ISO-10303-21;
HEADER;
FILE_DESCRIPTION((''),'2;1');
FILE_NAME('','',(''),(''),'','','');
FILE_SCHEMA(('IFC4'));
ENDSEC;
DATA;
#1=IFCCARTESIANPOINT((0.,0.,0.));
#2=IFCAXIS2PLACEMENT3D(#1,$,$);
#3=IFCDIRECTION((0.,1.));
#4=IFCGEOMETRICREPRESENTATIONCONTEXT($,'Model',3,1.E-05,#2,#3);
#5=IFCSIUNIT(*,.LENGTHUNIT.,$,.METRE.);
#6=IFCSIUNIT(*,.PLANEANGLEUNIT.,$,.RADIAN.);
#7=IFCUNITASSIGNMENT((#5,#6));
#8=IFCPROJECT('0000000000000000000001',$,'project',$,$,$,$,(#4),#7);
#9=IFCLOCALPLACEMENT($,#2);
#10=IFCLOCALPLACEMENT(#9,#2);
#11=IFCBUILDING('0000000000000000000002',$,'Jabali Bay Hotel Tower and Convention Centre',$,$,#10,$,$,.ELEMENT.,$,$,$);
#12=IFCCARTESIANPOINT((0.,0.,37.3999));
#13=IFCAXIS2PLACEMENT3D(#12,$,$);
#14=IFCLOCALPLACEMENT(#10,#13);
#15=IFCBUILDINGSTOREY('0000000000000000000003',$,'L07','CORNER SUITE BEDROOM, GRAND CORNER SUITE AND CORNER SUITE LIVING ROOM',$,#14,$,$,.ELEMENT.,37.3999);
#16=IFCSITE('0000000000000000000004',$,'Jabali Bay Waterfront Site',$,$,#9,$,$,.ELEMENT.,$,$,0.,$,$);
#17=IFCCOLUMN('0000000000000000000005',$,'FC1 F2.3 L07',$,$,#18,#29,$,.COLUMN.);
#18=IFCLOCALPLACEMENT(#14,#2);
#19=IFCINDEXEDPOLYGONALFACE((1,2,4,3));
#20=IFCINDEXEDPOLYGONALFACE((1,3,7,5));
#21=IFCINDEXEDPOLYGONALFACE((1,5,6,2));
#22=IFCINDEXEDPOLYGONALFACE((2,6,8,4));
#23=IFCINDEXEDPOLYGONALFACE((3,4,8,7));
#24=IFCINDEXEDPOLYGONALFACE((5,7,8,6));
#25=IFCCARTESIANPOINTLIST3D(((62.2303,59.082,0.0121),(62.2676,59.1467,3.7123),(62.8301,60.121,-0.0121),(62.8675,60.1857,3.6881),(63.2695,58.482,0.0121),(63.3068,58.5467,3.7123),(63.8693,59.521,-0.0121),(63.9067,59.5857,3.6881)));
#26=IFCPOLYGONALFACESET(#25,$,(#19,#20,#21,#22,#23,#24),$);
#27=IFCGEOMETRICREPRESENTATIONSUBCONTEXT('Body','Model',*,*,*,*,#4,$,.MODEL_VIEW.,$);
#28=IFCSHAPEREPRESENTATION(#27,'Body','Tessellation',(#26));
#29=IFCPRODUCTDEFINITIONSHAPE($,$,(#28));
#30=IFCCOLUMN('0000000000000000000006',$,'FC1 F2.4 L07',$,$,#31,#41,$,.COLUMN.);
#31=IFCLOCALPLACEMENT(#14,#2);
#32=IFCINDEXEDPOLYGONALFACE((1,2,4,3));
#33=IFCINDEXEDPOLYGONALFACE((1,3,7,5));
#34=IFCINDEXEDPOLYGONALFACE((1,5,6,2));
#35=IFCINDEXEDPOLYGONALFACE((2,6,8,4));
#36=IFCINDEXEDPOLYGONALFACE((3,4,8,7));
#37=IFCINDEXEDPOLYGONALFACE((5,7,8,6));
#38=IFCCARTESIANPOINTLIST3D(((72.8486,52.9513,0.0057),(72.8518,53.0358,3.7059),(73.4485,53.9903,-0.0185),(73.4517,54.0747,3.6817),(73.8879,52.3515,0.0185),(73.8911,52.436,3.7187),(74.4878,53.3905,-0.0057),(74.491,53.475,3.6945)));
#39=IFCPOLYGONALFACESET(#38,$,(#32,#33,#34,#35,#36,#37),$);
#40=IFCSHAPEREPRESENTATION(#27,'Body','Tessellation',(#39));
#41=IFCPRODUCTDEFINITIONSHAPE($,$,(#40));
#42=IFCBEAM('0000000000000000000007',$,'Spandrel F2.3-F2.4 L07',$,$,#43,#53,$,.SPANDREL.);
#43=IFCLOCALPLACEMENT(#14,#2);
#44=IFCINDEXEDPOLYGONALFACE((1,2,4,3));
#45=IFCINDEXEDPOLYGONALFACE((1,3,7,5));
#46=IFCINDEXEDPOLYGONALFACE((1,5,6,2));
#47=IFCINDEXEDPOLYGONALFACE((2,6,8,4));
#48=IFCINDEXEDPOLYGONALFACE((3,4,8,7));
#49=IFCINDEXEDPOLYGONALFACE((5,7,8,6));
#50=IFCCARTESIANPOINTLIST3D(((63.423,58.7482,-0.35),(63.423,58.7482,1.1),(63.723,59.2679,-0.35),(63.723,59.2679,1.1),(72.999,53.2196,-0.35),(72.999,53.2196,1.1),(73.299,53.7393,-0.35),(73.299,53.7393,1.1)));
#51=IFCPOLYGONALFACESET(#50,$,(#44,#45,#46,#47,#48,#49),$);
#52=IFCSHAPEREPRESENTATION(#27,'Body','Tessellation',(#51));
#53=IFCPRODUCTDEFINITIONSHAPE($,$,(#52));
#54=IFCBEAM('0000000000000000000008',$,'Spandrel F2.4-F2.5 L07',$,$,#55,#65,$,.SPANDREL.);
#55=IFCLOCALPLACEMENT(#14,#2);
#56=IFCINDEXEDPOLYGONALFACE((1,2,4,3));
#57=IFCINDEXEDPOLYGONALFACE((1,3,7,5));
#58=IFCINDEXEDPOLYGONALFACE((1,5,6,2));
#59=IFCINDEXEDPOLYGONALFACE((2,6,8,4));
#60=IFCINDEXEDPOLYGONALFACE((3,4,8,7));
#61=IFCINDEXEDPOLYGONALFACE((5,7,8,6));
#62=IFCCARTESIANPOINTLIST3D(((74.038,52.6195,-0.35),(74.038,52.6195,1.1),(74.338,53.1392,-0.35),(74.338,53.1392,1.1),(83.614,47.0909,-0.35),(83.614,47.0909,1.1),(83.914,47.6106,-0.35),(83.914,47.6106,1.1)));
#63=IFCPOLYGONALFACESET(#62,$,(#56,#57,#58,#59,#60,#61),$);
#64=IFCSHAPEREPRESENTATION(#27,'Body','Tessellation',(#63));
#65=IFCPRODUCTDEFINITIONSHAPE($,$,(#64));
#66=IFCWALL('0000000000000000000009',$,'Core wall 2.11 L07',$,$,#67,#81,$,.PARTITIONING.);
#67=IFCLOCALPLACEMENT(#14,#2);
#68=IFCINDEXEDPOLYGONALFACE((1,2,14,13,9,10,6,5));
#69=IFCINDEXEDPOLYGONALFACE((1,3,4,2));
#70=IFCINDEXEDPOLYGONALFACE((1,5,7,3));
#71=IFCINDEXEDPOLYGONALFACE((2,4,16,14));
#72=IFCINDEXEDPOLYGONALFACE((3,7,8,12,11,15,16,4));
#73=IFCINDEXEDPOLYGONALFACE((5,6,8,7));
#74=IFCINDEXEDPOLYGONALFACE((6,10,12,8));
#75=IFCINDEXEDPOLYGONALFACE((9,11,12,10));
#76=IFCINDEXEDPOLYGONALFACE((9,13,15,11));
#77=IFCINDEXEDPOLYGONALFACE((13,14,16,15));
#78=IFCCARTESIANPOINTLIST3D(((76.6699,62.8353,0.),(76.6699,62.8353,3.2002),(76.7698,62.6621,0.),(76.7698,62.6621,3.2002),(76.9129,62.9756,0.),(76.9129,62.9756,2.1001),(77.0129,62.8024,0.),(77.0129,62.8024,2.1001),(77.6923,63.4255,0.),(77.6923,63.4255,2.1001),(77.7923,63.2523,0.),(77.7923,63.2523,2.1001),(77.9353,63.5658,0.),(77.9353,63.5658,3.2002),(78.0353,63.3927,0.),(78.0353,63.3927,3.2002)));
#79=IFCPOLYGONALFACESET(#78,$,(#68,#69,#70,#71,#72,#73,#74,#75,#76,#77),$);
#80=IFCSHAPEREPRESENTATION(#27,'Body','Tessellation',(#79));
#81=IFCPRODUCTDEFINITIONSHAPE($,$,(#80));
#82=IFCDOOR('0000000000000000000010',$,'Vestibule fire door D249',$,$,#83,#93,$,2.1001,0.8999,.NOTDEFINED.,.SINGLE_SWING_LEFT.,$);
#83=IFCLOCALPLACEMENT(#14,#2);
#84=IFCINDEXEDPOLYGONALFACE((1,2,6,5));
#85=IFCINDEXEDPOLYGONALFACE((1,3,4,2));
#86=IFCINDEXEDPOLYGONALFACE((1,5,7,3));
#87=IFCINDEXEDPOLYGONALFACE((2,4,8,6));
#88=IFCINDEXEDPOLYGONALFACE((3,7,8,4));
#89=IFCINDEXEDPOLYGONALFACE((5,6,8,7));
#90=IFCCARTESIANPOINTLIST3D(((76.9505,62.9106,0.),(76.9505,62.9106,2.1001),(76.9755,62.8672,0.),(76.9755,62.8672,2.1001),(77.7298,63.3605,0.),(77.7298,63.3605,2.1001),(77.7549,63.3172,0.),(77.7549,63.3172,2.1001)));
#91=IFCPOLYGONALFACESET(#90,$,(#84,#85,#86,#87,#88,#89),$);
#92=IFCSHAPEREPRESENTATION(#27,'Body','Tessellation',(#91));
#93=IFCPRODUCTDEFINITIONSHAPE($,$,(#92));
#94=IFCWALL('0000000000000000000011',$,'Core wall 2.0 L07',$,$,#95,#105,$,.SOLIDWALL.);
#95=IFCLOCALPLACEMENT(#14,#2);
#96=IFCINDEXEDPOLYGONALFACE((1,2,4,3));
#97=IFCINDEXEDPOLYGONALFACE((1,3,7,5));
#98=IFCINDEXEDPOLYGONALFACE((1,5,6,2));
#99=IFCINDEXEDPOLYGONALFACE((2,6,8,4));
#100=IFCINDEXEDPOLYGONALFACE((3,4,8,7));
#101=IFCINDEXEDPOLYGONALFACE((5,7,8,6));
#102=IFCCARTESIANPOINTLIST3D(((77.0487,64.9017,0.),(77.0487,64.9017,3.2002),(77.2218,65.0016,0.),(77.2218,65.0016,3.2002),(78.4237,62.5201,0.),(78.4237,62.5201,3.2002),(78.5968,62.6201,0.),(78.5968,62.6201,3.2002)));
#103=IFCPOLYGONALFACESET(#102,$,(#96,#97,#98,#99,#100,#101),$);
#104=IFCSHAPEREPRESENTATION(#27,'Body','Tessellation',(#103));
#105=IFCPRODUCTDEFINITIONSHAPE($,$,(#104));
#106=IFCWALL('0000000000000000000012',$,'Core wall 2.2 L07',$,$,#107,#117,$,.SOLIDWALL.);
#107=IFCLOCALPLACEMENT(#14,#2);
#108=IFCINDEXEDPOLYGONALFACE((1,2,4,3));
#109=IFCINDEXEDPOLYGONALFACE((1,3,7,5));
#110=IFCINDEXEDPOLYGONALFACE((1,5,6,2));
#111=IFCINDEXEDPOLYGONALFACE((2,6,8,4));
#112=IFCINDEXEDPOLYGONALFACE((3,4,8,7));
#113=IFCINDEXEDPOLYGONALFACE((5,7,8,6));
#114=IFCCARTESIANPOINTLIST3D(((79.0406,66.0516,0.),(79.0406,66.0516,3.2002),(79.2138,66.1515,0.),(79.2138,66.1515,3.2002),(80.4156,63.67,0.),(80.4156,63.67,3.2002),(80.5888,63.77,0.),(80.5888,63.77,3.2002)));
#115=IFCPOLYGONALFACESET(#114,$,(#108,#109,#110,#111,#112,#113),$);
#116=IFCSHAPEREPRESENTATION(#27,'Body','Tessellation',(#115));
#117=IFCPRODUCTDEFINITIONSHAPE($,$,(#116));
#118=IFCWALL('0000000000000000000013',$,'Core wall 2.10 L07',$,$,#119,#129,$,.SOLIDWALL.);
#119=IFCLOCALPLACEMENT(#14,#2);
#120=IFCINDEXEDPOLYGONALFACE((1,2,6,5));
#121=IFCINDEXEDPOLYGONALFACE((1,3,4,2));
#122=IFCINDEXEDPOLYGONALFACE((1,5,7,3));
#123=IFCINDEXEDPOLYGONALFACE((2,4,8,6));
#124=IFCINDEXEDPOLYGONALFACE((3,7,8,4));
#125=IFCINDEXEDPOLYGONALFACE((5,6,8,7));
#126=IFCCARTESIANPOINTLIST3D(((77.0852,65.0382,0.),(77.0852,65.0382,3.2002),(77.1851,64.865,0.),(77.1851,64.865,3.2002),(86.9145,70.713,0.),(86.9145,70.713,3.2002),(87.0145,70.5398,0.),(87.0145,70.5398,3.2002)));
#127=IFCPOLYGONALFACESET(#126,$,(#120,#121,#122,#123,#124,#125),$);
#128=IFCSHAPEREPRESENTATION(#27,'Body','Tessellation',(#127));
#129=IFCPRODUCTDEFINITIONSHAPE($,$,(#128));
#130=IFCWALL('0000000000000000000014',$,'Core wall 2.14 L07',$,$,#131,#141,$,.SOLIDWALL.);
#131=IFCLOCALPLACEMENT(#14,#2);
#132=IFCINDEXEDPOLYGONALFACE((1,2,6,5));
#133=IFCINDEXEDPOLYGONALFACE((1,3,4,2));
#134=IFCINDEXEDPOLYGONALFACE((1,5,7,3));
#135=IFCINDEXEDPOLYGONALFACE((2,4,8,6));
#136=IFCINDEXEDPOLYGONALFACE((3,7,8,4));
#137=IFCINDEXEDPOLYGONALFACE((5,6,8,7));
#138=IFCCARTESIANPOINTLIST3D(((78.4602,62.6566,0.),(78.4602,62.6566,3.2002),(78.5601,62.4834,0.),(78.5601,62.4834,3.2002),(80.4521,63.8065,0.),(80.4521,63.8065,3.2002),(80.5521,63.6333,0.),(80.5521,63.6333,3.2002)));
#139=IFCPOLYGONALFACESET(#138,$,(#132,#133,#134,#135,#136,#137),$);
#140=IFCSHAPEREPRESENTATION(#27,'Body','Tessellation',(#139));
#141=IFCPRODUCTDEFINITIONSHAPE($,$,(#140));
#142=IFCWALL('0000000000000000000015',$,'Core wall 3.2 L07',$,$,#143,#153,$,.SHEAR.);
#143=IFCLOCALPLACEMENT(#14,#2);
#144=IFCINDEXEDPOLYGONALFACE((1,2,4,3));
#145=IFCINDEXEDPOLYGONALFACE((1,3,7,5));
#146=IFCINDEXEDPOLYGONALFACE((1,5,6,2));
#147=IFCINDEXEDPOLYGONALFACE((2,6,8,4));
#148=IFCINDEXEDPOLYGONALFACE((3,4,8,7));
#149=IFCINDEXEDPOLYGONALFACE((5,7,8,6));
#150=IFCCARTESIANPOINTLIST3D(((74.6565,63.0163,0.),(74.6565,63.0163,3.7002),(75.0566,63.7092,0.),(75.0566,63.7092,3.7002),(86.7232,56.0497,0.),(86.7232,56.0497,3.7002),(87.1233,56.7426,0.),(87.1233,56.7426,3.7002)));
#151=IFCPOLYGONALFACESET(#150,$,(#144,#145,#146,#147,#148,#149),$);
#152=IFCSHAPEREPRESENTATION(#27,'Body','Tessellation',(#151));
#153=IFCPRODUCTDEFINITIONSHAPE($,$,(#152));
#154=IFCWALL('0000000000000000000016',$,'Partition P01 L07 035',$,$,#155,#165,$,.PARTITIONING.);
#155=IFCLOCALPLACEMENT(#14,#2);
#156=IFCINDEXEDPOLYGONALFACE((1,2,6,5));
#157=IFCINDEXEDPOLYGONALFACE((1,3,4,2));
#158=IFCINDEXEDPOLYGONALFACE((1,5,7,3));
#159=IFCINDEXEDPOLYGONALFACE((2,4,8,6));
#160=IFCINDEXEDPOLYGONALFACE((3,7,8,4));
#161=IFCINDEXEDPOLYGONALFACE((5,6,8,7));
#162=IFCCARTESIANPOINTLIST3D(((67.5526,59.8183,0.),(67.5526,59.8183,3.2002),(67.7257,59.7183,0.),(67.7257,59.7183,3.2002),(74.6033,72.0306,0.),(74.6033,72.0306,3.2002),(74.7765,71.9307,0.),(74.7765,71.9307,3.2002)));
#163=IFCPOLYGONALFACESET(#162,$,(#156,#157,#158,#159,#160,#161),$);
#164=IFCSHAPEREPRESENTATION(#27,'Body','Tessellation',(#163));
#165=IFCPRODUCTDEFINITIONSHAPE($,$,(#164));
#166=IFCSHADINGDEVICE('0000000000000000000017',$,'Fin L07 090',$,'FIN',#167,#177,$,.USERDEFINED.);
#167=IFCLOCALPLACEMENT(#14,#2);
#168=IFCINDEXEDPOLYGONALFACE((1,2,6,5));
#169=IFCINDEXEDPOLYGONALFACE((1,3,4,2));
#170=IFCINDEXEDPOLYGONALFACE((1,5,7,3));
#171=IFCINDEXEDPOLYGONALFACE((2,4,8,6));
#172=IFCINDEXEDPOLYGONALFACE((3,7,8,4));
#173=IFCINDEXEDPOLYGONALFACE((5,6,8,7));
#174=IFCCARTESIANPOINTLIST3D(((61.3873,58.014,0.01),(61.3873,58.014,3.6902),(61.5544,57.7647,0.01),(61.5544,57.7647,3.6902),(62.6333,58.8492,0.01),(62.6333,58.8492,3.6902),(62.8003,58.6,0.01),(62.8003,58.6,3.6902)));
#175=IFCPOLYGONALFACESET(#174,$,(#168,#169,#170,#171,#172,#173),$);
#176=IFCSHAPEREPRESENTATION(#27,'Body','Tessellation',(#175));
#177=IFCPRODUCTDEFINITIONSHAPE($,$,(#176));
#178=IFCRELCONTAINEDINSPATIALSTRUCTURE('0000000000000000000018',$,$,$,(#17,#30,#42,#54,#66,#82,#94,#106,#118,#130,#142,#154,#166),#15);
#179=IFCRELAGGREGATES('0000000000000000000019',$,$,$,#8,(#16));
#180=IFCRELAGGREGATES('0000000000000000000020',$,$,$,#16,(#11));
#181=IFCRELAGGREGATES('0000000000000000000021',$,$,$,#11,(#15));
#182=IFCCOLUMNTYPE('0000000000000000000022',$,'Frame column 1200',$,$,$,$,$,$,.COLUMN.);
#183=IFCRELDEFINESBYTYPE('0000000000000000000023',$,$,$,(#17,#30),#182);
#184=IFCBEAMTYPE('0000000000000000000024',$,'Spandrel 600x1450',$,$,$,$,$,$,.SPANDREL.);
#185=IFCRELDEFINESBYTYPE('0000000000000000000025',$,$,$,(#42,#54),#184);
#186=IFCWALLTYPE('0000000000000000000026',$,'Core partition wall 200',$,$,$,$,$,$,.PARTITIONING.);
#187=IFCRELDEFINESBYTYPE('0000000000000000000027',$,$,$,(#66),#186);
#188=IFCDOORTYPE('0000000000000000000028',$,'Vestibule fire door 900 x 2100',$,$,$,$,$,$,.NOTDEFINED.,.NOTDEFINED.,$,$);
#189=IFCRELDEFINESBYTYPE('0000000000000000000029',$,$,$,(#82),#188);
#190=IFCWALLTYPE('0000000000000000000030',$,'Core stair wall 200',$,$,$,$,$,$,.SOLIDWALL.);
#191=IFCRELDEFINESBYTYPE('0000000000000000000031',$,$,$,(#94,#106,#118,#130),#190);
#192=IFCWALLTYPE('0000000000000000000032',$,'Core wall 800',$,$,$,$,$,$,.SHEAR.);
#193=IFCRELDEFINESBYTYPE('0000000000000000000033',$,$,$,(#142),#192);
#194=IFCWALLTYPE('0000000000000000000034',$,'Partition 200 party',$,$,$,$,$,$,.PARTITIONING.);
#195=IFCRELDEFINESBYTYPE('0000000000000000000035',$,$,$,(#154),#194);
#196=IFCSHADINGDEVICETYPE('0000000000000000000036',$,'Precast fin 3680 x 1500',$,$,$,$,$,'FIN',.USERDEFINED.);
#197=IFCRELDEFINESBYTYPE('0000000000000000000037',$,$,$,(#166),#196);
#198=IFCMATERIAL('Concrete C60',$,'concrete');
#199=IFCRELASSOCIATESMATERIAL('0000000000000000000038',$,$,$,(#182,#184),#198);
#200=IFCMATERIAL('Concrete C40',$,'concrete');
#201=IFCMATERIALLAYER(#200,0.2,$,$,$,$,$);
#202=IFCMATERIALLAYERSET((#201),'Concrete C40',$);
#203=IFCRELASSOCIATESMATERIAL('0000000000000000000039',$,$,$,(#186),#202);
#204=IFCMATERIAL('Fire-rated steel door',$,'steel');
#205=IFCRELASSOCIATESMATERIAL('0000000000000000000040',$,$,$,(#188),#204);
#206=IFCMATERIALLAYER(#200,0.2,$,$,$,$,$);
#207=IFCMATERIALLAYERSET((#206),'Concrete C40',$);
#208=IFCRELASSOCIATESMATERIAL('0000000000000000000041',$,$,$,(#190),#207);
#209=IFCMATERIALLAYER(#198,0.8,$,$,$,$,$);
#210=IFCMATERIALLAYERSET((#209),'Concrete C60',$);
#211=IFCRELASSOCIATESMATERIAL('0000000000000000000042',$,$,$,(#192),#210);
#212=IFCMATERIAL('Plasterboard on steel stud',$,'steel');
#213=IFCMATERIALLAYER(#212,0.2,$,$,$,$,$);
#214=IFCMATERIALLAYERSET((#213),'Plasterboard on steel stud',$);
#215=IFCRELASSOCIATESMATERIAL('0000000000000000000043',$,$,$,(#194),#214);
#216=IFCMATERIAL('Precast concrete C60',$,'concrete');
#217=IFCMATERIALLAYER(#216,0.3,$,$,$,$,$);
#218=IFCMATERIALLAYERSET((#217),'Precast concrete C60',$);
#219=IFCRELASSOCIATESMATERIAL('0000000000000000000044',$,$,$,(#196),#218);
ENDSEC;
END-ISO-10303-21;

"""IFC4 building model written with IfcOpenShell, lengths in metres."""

from ifc_helpers import new_model, si_unit, direction, frame, frame_2d, origin, origin_2d, place, context, subcontext, project, spatial, rectangle, extrude, material, layer, layer_set, material_profile, profile_set, type_object, element, fill, save


model = new_model("IFC4")

# Units and contexts
model_context = context("Model", 3, precision=1e-05, world=origin(), true_north=direction((0.0, 1.0)))
body_context = subcontext(model_context, "Body", "Model", "MODEL_VIEW")
ifc_project = project(units=[si_unit("LENGTHUNIT", "METRE"), si_unit("PLANEANGLEUNIT", "RADIAN")], contexts=[model_context])

# Site, building, storey
site_placement = place(None, origin())
site = spatial("IfcSite", under=ifc_project, at=site_placement, Name="Jabali Bay Waterfront Site", CompositionType="ELEMENT", RefElevation=0.0)
building_placement = place(site_placement, origin())
building = spatial("IfcBuilding", under=site, at=building_placement, Name="Jabali Bay Hotel Tower and Convention Centre", CompositionType="ELEMENT")
storey_placement = place(building_placement, frame((0.0, 0.0, 37.3999)))
storey = spatial("IfcBuildingStorey", under=building, at=storey_placement, Name="L07", Description="CORNER SUITE BEDROOM, GRAND CORNER SUITE AND CORNER SUITE LIVING ROOM", CompositionType="ELEMENT", Elevation=37.3999)

# Columns
ifc_material_1 = material(Name="Concrete C60", Category="concrete")
ifc_material_profile_1 = material_profile(ifc_material_1, rectangle(XDim=1.2, YDim=1.2, at=origin_2d()), Name="Frame column 1200")
ifc_profile_set_1 = profile_set([ifc_material_profile_1], Name="Concrete C60")
column_type = type_object("IfcColumnType", Name="Frame column 1200", PredefinedType="COLUMN", material=ifc_profile_set_1)
column_1_placement = place(storey_placement, frame((63.0498, 59.3015, 0.0), z_axis=(0.010093, 0.017481, 0.999796), x_axis=(-0.866026, 0.499999, 0.0)))
element("IfcColumn", 1, at=column_1_placement, inside=storey, type_object=column_type, Name="FC1 F2.3 L07", PredefinedType="COLUMN", context=body_context, shape_type="SweptSolid", body=[
    extrude(rectangle(XDim=1.2, YDim=1.2, at=origin_2d()), origin(), (0.0, 0.0, 1.0), 3.7009),
])
column_2_placement = place(storey_placement, frame((73.6682, 53.1709, 0.0), z_axis=(0.000858, 0.022823, 0.999739), x_axis=(-0.499939, -0.865825, 0.020195)))
element("IfcColumn", 2, at=column_2_placement, inside=storey, type_object=column_type, Name="FC1 F2.4 L07", PredefinedType="COLUMN", context=body_context, shape_type="SweptSolid", body=[
    extrude(rectangle(XDim=1.2, YDim=1.2, at=origin_2d()), origin(), (0.0, 0.0, 1.0), 3.7012),
])

# Beams
ifc_material_profile_2 = material_profile(ifc_material_1, rectangle(XDim=0.6001, YDim=1.45, at=origin_2d()), Name="Spandrel 600x1450")
ifc_profile_set_2 = profile_set([ifc_material_profile_2], Name="Concrete C60")
beam_type = type_object("IfcBeamType", Name="Spandrel 600x1450", PredefinedType="SPANDREL", material=ifc_profile_set_2)
for number, where, z_axis, x_axis, name in (
    (3, (63.573, 59.0081, 0.375), (0.866029, -0.499993, 0.0), (0.499993, 0.866029, 0.0), "Spandrel F2.3-F2.4 L07"),
    (4, (74.188, 52.8794, 0.375), (0.866029, -0.499993, 0.0), (0.499993, 0.866029, 0.0), "Spandrel F2.4-F2.5 L07"),
):
    element("IfcBeam", number, at=place(storey_placement, frame(where, z_axis=z_axis, x_axis=x_axis)), inside=storey, type_object=beam_type, Name=name, PredefinedType="SPANDREL", context=body_context, shape_type="SweptSolid", body=[
        extrude(rectangle(XDim=0.6001, YDim=1.45, at=origin_2d()), origin(), (0.0, 0.0, 1.0), 11.0574),
    ])

# Wall, opening, door
ifc_material_2 = material(Name="Concrete C40", Category="concrete")
ifc_layer_1 = layer(ifc_material_2, 0.2)
ifc_layer_set_1 = layer_set([ifc_layer_1], Name="Concrete C40")
wall_type_1 = type_object("IfcWallType", Name="Core partition wall 200", PredefinedType="PARTITIONING", material=ifc_layer_set_1)
wall_1_placement = place(storey_placement, frame((76.72, 62.7488, 0.0), z_axis=(0.0, 0.0, 1.0), x_axis=(0.866055, 0.499949, 0.0)))
wall_1 = element("IfcWall", 5, at=wall_1_placement, inside=storey, type_object=wall_type_1, Name="Core wall 2.11 L07", PredefinedType="PARTITIONING", context=body_context, shape_type="SweptSolid", body=[
    extrude(rectangle(XDim=1.4612, YDim=0.2, at=frame_2d((0.7305, 0.0))), origin(), (0.0, 0.0, 1.0), 3.2002),
])
opening_placement = place(wall_1_placement, frame((0.2805, 0.0, 0.0)))
opening = element("IfcOpeningElement", 6, at=opening_placement, cuts=wall_1, PredefinedType="OPENING", context=body_context, shape_type="SweptSolid", body=[
    extrude(rectangle(XDim=0.8999, YDim=2.1001, at=frame_2d((0.45, 1.05))), frame((0.0, 0.1104, 0.0), z_axis=(0.0, -1.0, 0.0), x_axis=(1.0, 0.0, 0.0)), (0.0, 0.0, 1.0), 0.2209),
])
ifc_material_3 = material(Name="Fire-rated steel door", Category="steel")
door_type = type_object("IfcDoorType", Name="Vestibule fire door 900 x 2100", OperationType="NOTDEFINED", PredefinedType="NOTDEFINED", material=ifc_material_3)
door_placement = place(opening_placement, origin())
door = element("IfcDoor", 7, at=door_placement, inside=storey, type_object=door_type, Name="Vestibule fire door D249", OperationType="SINGLE_SWING_LEFT", OverallHeight=2.1001, OverallWidth=0.8999, PredefinedType="NOTDEFINED", context=body_context, shape_type="SweptSolid", body=[
    extrude(rectangle(XDim=0.8999, YDim=2.1001, at=frame_2d((0.45, 1.05))), frame((0.0, 0.0249, 0.0), z_axis=(0.0, -1.0, 0.0), x_axis=(1.0, 0.0, 0.0)), (0.0, 0.0, 1.0), 0.05),
])
fill(opening, door)

# Walls
ifc_layer_2 = layer(ifc_material_2, 0.2)
ifc_layer_set_2 = layer_set([ifc_layer_2], Name="Concrete C40")
wall_type_2 = type_object("IfcWallType", Name="Core stair wall 200", PredefinedType="SOLIDWALL", material=ifc_layer_set_2)
for number, where, z_axis, x_axis, name in (
    (8, (77.1353, 64.9517, 0.0), (0.0, 0.0, 1.0), (0.499997, -0.866027, 0.0), "Core wall 2.0 L07"),
    (9, (79.1272, 66.1016, 0.0), (0.0, 0.0, 1.0), (0.499997, -0.866027, 0.0), "Core wall 2.2 L07"),
):
    element("IfcWall", number, at=place(storey_placement, frame(where, z_axis=z_axis, x_axis=x_axis)), inside=storey, type_object=wall_type_2, Name=name, PredefinedType="SOLIDWALL", context=body_context, shape_type="SweptSolid", body=[
        extrude(rectangle(XDim=2.75, YDim=0.2, at=frame_2d((1.375, 0.0))), origin(), (0.0, 0.0, 1.0), 3.2002),
    ])
wall_2_placement = place(storey_placement, frame((77.1353, 64.9517, 0.0), z_axis=(0.0, 0.0, 1.0), x_axis=(0.866032, 0.499989, 0.0)))
element("IfcWall", 10, at=wall_2_placement, inside=storey, type_object=wall_type_2, Name="Core wall 2.10 L07", PredefinedType="SOLIDWALL", context=body_context, shape_type="SweptSolid", body=[
    extrude(rectangle(XDim=11.3499, YDim=0.2, at=frame_2d((5.6748, 0.0))), origin(), (0.0, 0.0, 1.0), 3.2002),
])
wall_3_placement = place(storey_placement, frame((78.5103, 62.5701, 0.0), z_axis=(0.0, 0.0, 1.0), x_axis=(0.866053, 0.499952, 0.0)))
element("IfcWall", 11, at=wall_3_placement, inside=storey, type_object=wall_type_2, Name="Core wall 2.14 L07", PredefinedType="SOLIDWALL", context=body_context, shape_type="SweptSolid", body=[
    extrude(rectangle(XDim=2.3, YDim=0.2, at=frame_2d((1.1499, 0.0))), origin(), (0.0, 0.0, 1.0), 3.2002),
])
ifc_layer_3 = layer(ifc_material_1, 0.8)
ifc_layer_set_3 = layer_set([ifc_layer_3], Name="Concrete C60")
wall_type_3 = type_object("IfcWallType", Name="Core wall 800", PredefinedType="SHEAR", material=ifc_layer_set_3)
wall_4_placement = place(storey_placement, frame((74.8564, 63.3628, 0.0), z_axis=(0.0, 0.0, 1.0), x_axis=(0.866029, -0.499993, 0.0)))
element("IfcWall", 12, at=wall_4_placement, inside=storey, type_object=wall_type_3, Name="Core wall 3.2 L07", PredefinedType="SHEAR", context=body_context, shape_type="SweptSolid", body=[
    extrude(rectangle(XDim=13.9333, YDim=0.8, at=frame_2d((6.9668, 0.0))), origin(), (0.0, 0.0, 1.0), 3.7002),
])
ifc_material_4 = material(Name="Plasterboard on steel stud", Category="steel")
ifc_layer_4 = layer(ifc_material_4, 0.2)
ifc_layer_set_4 = layer_set([ifc_layer_4], Name="Plasterboard on steel stud")
wall_type_4 = type_object("IfcWallType", Name="Partition 200 party", PredefinedType="PARTITIONING", material=ifc_layer_set_4)
wall_5_placement = place(storey_placement, frame((67.6392, 59.7683, 0.0), z_axis=(0.0, 0.0, 1.0), x_axis=(0.499997, 0.866027, 0.0)))
element("IfcWall", 13, at=wall_5_placement, inside=storey, type_object=wall_type_4, Name="Partition P01 L07 035", PredefinedType="PARTITIONING", context=body_context, shape_type="SweptSolid", body=[
    extrude(rectangle(XDim=14.1016, YDim=0.2, at=frame_2d((7.0508, 0.0))), origin(), (0.0, 0.0, 1.0), 3.2002),
])

# Shading device
ifc_material_5 = material(Name="Precast concrete C60", Category="concrete")
ifc_layer_5 = layer(ifc_material_5, 0.3)
ifc_layer_set_5 = layer_set([ifc_layer_5], Name="Precast concrete C60")
shading_device_type = type_object("IfcShadingDeviceType", Name="Precast fin 3680 x 1500", ElementType="FIN", PredefinedType="USERDEFINED", material=ifc_layer_set_5)
for number, where, z_axis, x_axis, name in (
    (14, (62.7168, 58.7246, 0.01), (0.0, 0.0, 1.0), (-0.83062, -0.556839, 0.0), "Fin L07 090"),
):
    element("IfcShadingDevice", number, at=place(storey_placement, frame(where, z_axis=z_axis, x_axis=x_axis)), inside=storey, type_object=shading_device_type, Name=name, ObjectType="FIN", PredefinedType="USERDEFINED", context=body_context, shape_type="SweptSolid", body=[
        extrude(rectangle(XDim=1.5, YDim=0.3, at=frame_2d((0.75, 0.0))), origin(), (0.0, 0.0, 1.0), 3.6802),
    ])

save(model, "model.ifc")
